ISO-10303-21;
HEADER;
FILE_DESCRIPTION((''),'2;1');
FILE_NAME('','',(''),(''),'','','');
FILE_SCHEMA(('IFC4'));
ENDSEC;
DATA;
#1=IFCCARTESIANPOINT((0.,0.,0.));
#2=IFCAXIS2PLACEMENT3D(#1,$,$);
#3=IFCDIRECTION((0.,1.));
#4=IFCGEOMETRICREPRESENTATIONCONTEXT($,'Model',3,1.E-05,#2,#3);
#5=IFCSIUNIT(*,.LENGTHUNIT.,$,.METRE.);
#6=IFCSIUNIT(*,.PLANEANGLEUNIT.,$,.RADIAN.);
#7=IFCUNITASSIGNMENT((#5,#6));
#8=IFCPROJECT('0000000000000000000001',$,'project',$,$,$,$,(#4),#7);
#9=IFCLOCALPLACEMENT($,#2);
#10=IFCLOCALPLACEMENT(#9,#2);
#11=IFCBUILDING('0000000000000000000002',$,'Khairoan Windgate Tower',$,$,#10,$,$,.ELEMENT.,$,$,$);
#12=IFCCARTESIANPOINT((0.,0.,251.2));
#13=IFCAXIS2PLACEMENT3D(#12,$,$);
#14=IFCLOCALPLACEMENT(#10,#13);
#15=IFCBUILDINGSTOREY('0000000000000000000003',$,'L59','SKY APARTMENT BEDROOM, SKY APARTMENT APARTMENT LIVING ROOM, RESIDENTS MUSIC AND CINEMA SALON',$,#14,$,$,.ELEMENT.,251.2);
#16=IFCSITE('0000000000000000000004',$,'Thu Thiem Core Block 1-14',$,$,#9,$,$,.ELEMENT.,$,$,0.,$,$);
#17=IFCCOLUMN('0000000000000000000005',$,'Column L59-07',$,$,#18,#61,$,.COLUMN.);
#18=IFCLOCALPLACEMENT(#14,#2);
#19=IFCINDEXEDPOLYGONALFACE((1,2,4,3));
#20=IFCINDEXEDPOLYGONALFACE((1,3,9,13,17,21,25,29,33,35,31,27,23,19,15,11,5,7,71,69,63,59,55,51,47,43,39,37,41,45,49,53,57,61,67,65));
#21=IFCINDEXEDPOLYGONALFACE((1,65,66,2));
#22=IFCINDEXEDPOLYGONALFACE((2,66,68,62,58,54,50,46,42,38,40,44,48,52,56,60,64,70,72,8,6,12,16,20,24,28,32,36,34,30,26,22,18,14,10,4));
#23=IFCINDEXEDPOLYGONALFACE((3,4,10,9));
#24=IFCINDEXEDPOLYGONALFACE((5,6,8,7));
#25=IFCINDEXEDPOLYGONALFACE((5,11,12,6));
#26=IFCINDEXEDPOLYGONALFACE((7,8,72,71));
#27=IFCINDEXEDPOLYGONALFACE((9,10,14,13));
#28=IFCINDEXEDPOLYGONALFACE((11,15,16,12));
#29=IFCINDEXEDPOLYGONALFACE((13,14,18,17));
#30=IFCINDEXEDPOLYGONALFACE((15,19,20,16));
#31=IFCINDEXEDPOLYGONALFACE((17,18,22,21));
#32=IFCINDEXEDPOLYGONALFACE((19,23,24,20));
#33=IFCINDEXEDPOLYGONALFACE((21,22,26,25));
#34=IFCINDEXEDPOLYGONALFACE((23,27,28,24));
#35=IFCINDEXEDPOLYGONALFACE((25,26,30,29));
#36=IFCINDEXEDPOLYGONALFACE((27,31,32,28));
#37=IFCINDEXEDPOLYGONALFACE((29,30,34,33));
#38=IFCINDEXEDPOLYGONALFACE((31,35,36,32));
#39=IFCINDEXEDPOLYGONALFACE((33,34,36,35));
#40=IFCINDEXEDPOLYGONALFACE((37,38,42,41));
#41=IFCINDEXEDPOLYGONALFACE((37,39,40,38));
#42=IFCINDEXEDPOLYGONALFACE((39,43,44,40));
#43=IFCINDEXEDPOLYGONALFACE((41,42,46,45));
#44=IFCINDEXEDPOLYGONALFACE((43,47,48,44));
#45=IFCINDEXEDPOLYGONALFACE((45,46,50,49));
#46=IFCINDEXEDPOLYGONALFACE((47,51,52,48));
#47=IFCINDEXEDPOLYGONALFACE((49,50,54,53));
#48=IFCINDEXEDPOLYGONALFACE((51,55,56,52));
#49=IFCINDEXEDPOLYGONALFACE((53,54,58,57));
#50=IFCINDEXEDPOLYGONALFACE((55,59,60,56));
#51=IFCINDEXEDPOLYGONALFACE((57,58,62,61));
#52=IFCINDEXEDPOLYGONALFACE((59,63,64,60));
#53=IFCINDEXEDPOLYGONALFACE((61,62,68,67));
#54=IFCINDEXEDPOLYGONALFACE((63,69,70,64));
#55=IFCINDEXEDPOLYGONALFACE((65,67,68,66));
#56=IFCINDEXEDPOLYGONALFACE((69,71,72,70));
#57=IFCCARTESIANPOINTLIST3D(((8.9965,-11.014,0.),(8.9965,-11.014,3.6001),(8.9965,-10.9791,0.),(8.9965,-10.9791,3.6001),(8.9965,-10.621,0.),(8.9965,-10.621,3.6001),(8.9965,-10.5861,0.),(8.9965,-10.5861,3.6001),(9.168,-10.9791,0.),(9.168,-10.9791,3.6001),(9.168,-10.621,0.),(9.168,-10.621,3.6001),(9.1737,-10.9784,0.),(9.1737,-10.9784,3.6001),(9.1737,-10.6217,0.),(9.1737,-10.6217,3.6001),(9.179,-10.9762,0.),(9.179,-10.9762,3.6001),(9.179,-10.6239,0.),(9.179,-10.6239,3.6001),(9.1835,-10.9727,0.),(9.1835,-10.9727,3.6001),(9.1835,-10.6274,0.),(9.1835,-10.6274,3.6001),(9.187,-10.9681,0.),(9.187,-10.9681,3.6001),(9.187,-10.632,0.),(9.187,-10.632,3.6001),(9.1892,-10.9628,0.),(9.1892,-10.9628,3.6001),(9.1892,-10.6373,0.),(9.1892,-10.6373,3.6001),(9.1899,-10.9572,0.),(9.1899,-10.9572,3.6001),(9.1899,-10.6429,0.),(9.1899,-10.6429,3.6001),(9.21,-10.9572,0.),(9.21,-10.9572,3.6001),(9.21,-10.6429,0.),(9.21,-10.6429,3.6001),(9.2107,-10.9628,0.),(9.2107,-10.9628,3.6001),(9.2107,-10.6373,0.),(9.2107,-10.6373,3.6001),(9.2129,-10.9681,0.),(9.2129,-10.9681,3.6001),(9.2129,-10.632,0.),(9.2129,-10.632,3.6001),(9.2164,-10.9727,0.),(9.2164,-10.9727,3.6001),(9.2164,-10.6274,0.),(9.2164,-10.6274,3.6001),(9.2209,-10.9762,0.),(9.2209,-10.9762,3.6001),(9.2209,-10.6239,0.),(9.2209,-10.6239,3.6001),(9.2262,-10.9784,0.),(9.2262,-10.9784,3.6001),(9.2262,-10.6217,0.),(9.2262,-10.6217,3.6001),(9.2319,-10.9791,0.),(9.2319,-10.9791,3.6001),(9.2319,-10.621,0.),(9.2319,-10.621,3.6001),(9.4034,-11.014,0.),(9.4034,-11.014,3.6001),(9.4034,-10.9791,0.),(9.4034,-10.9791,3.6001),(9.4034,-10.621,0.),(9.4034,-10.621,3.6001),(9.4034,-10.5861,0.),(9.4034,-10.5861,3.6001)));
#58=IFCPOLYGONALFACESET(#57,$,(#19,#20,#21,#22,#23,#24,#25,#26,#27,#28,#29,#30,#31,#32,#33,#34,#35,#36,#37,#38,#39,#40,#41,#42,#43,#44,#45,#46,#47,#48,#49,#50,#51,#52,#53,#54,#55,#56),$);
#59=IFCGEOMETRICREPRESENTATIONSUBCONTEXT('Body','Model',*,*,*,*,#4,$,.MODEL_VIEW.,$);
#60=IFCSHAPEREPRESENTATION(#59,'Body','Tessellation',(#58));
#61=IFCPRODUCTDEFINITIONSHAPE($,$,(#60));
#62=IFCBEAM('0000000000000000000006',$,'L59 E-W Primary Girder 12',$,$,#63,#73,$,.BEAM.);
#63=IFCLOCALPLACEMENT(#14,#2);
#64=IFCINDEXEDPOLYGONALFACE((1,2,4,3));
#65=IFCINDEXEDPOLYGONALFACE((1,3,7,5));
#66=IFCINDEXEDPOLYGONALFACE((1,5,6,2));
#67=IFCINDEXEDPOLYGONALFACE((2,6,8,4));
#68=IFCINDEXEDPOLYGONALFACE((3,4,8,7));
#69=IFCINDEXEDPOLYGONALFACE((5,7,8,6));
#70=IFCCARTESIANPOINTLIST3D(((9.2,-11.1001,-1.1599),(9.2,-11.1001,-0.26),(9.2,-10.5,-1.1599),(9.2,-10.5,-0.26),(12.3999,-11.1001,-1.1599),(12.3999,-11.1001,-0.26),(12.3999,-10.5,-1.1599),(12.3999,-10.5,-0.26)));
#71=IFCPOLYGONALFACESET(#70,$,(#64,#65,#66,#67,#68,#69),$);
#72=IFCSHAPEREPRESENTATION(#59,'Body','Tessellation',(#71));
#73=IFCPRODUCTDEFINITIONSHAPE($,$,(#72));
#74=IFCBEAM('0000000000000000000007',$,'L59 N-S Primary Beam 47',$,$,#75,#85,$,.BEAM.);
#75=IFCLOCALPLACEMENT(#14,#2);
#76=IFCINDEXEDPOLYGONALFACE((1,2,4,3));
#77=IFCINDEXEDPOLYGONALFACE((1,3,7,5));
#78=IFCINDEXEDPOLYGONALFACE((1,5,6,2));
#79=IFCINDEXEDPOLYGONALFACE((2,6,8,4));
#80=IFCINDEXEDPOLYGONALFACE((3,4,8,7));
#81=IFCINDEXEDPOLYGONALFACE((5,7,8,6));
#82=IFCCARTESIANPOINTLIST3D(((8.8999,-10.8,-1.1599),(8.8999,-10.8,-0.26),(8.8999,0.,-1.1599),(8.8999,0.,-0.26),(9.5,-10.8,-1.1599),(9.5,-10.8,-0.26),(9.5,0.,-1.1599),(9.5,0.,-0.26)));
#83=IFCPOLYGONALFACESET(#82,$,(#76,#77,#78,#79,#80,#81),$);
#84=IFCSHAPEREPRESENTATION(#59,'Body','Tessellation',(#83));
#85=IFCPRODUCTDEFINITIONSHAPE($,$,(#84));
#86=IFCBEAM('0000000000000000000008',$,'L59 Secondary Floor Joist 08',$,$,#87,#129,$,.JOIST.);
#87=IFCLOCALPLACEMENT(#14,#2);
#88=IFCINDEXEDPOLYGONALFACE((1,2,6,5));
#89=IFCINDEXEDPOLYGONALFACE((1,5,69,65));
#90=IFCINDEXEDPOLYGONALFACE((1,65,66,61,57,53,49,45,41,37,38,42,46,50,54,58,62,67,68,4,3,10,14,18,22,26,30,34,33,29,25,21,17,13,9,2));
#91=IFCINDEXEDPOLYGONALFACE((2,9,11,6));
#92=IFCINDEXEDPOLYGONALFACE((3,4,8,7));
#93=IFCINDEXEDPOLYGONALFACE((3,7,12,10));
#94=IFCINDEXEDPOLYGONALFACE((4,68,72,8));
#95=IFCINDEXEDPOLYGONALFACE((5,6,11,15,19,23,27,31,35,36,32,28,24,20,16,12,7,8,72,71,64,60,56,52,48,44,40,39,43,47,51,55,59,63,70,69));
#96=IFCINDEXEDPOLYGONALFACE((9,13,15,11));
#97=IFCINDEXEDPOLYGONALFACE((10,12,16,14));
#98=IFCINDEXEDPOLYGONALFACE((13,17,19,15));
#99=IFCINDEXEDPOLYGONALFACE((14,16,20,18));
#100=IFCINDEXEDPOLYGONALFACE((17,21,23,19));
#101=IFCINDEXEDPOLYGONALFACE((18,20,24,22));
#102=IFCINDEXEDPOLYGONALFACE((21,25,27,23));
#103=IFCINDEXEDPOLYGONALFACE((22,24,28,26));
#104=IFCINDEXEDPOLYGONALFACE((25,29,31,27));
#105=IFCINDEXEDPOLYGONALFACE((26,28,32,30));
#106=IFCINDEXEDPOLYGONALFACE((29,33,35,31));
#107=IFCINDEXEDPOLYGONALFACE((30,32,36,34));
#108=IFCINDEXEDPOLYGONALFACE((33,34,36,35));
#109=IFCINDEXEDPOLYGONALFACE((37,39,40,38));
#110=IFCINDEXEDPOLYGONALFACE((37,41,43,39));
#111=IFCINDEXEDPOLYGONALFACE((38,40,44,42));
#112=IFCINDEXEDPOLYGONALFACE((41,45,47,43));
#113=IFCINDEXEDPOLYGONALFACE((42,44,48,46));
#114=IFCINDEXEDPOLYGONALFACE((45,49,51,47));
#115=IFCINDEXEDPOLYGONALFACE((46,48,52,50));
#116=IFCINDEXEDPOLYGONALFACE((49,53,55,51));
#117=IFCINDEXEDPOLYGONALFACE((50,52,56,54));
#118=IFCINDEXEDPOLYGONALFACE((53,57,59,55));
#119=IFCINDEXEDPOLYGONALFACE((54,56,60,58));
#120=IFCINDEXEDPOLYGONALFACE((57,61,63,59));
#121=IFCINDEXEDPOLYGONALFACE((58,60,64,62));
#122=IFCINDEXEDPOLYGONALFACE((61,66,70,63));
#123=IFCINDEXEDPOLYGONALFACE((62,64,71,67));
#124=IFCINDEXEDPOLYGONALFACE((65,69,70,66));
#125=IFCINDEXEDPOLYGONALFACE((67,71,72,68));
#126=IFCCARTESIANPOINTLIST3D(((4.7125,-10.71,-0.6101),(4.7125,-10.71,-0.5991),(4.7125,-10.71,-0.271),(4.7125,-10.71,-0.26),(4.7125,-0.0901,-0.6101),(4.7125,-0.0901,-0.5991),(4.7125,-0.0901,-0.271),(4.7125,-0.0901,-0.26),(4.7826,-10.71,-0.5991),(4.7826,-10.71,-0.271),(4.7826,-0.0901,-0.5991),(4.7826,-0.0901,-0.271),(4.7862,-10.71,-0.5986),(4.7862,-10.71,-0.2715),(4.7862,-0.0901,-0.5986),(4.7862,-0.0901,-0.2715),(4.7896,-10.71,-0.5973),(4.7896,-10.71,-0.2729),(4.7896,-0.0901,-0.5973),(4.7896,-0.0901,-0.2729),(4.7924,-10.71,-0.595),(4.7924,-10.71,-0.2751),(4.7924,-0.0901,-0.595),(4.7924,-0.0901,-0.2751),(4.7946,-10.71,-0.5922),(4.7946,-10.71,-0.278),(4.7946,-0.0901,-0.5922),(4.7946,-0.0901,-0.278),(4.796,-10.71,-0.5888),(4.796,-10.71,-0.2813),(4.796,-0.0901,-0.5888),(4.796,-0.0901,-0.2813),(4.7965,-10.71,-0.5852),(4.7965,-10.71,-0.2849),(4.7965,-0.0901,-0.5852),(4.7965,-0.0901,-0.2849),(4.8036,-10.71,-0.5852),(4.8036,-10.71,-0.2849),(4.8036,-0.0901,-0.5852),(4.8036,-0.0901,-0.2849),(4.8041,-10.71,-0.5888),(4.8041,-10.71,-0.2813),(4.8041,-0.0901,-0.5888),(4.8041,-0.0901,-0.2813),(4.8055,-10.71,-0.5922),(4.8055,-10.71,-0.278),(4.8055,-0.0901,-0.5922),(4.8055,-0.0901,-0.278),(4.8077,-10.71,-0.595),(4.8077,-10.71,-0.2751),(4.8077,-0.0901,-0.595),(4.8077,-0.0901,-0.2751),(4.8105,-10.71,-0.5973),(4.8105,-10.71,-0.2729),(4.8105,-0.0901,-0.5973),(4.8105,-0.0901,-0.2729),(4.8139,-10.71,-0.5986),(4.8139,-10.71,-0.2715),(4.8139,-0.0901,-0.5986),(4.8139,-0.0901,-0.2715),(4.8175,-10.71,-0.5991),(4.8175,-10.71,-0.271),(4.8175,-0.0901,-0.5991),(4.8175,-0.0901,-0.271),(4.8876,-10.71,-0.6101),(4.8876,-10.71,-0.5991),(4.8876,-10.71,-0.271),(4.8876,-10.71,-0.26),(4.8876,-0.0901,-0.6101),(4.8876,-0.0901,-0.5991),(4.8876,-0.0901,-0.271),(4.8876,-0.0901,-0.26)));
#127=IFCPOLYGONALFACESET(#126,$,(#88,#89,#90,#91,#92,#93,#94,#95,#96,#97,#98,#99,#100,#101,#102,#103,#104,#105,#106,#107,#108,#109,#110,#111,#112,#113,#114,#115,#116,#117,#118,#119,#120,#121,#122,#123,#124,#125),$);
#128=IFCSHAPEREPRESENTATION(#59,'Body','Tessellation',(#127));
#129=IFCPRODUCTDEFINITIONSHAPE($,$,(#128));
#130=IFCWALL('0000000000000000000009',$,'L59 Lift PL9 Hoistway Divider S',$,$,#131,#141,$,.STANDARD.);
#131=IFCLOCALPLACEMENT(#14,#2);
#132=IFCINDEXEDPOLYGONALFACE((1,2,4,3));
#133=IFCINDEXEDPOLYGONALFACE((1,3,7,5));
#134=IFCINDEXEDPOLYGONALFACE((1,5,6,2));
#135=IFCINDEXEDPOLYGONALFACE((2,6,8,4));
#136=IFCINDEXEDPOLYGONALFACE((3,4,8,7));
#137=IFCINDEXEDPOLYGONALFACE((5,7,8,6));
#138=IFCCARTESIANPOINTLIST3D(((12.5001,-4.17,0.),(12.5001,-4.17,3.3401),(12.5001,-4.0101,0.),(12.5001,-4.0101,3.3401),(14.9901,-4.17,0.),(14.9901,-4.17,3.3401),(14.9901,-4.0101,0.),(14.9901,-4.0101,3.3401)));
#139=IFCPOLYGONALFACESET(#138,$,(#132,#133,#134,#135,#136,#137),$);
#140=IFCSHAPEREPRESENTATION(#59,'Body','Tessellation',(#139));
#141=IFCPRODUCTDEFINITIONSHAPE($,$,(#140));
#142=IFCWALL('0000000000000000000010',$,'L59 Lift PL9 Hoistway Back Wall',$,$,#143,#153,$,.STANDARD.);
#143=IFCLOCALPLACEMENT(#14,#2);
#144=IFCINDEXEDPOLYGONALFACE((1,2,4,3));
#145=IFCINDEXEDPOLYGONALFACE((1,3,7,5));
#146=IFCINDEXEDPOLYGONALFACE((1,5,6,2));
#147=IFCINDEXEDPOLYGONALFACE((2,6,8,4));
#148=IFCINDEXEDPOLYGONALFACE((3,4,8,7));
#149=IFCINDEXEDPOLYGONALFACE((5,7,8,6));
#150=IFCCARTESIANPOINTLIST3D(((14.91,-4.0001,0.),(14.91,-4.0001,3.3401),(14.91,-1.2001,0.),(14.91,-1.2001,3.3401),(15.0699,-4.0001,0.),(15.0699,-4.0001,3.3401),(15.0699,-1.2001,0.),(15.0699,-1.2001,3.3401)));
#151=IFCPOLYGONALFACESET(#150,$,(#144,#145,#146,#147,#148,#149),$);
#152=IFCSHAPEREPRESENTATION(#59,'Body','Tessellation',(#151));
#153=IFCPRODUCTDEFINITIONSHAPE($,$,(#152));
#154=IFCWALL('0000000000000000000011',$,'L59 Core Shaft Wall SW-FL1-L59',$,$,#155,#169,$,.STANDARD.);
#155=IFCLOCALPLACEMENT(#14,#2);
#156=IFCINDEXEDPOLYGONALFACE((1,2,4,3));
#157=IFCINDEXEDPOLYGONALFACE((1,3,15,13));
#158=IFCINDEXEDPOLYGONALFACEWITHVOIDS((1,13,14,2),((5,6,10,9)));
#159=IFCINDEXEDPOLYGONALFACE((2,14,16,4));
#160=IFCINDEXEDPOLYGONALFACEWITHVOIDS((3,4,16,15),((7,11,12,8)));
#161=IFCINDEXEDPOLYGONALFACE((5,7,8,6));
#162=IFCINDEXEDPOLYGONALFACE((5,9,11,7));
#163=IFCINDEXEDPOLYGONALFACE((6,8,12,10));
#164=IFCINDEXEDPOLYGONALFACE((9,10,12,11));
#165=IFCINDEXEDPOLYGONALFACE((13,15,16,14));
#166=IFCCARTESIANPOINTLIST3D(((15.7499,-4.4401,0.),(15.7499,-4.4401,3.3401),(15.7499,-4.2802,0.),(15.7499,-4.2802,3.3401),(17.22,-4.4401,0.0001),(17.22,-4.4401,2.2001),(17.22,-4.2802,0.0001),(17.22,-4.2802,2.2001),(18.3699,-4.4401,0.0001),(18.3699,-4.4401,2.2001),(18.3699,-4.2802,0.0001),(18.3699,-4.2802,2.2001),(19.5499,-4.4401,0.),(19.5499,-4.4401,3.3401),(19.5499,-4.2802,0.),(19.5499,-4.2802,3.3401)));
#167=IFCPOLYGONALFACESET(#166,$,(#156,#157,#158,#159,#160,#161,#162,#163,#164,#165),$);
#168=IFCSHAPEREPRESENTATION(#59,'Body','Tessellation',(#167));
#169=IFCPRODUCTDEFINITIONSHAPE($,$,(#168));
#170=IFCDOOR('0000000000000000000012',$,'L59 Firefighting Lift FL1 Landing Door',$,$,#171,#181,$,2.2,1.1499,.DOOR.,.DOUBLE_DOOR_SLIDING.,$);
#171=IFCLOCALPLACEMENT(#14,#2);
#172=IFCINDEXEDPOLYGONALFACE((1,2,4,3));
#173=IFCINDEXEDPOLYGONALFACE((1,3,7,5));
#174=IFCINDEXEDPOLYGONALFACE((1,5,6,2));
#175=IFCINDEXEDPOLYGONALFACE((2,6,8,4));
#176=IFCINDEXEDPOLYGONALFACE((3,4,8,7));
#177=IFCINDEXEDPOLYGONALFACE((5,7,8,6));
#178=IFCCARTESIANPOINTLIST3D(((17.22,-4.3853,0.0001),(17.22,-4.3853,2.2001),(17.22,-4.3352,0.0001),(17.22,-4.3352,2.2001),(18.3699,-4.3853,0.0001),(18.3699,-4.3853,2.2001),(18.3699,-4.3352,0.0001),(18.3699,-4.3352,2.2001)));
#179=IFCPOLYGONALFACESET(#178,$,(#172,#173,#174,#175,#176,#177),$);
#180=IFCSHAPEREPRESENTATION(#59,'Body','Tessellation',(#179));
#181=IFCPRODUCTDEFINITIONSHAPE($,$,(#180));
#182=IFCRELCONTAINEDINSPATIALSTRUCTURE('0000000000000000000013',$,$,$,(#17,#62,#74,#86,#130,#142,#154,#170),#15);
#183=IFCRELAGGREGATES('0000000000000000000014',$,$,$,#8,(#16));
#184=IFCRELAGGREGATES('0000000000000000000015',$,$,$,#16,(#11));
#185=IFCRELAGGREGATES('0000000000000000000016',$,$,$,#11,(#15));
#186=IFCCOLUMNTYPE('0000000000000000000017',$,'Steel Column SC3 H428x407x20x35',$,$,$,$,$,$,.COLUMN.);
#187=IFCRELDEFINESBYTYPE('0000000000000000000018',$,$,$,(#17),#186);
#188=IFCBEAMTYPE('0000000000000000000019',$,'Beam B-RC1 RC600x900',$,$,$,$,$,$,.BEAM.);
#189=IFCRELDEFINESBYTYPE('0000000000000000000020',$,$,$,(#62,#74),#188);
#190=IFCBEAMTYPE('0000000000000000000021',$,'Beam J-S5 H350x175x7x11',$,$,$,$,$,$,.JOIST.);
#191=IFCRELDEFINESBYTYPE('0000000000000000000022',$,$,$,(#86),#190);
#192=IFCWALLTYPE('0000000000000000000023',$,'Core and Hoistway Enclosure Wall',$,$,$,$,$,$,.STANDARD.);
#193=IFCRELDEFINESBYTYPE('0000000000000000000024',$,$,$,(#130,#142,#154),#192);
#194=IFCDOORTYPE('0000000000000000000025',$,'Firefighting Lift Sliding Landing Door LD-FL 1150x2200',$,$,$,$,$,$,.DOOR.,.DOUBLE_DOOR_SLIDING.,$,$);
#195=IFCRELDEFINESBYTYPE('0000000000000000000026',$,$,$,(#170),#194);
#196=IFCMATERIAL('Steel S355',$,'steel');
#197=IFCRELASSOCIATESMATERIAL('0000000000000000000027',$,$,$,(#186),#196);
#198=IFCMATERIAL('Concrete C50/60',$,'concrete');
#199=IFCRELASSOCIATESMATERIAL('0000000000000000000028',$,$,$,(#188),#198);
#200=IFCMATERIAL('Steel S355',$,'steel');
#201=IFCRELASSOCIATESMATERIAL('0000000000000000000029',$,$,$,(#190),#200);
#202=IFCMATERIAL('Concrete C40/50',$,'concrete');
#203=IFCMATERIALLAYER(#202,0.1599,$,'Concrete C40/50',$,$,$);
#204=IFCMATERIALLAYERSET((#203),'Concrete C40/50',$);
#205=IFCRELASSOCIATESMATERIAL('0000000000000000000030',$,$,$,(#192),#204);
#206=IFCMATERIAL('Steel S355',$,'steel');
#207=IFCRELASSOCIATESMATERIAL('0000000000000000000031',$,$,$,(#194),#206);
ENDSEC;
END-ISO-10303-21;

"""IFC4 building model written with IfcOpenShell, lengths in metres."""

from ifc_helpers import new_model, si_unit, direction, frame, frame_2d, origin, origin_2d, place, context, subcontext, project, spatial, rectangle, i_section, extrude, material, layer, layer_set, material_profile, profile_set, type_object, element, fill, save


model = new_model("IFC4")

# Units and contexts
model_context = context("Model", 3, precision=1e-05, world=origin(), true_north=direction((0.0, 1.0)))
body_context = subcontext(model_context, "Body", "Model", "MODEL_VIEW")
ifc_project = project(units=[si_unit("LENGTHUNIT", "METRE"), si_unit("PLANEANGLEUNIT", "RADIAN")], contexts=[model_context])

# Site, building, storey
site_placement = place(None, origin())
site = spatial("IfcSite", under=ifc_project, at=site_placement, Name="Thu Thiem Core Block 1-14", CompositionType="ELEMENT", RefElevation=0.0)
building_placement = place(site_placement, origin())
building = spatial("IfcBuilding", under=site, at=building_placement, Name="Khairoan Windgate Tower", CompositionType="ELEMENT")
storey_placement = place(building_placement, frame((0.0, 0.0, 251.2)))
storey = spatial("IfcBuildingStorey", under=building, at=storey_placement, Name="L59", Description="SKY APARTMENT BEDROOM, SKY APARTMENT APARTMENT LIVING ROOM, RESIDENTS MUSIC AND CINEMA SALON", CompositionType="ELEMENT", Elevation=251.2)

# Column
ifc_material_1 = material(Name="Steel S355", Category="steel")
ifc_material_profile_1 = material_profile(ifc_material_1, i_section(OverallWidth=0.407, OverallDepth=0.428, WebThickness=0.02, FlangeThickness=0.0349, FilletRadius=0.022, at=origin_2d()))
ifc_profile_set_1 = profile_set([ifc_material_profile_1], Name="Steel S355")
column_type = type_object("IfcColumnType", Name="Steel Column SC3 H428x407x20x35", PredefinedType="COLUMN", material=ifc_profile_set_1)
column_placement = place(storey_placement, frame((9.2, -10.8, 0.0), z_axis=(0.0, 0.0, 1.0), x_axis=(1.0, 0.0, 0.0)))
element("IfcColumn", 1, at=column_placement, inside=storey, type_object=column_type, Name="Column L59-07", PredefinedType="COLUMN", context=body_context, shape_type="SweptSolid", body=[
    extrude(i_section(OverallWidth=0.407, OverallDepth=0.428, WebThickness=0.02, FlangeThickness=0.0349, FilletRadius=0.022, at=origin_2d()), origin(), (0.0, 0.0, 1.0), 3.6001),
])

# Beams
ifc_material_2 = material(Name="Concrete C50/60", Category="concrete")
ifc_material_profile_2 = material_profile(ifc_material_2, rectangle(XDim=0.6001, YDim=0.8999, at=origin_2d()))
ifc_profile_set_2 = profile_set([ifc_material_profile_2], Name="Concrete C50/60")
beam_type_1 = type_object("IfcBeamType", Name="Beam B-RC1 RC600x900", PredefinedType="BEAM", material=ifc_profile_set_2)
beam_1_placement = place(storey_placement, frame((9.2, -10.8, -0.71), z_axis=(1.0, 0.0, 0.0), x_axis=(0.0, 1.0, 0.0)))
element("IfcBeam", 2, at=beam_1_placement, inside=storey, type_object=beam_type_1, Name="L59 E-W Primary Girder 12", PredefinedType="BEAM", context=body_context, shape_type="SweptSolid", body=[
    extrude(rectangle(XDim=0.6001, YDim=0.8999, at=origin_2d()), origin(), (0.0, 0.0, 1.0), 3.2),
])
beam_2_placement = place(storey_placement, frame((9.2, -10.8, -0.71), z_axis=(0.0, 1.0, 0.0), x_axis=(-1.0, 0.0, 0.0)))
element("IfcBeam", 3, at=beam_2_placement, inside=storey, type_object=beam_type_1, Name="L59 N-S Primary Beam 47", PredefinedType="BEAM", context=body_context, shape_type="SweptSolid", body=[
    extrude(rectangle(XDim=0.6001, YDim=0.8999, at=origin_2d()), origin(), (0.0, 0.0, 1.0), 10.8),
])
ifc_material_3 = material(Name="Steel S355", Category="steel")
ifc_material_profile_3 = material_profile(ifc_material_3, i_section(OverallWidth=0.175, OverallDepth=0.3501, WebThickness=0.0071, FlangeThickness=0.011, FilletRadius=0.0139, at=origin_2d()))
ifc_profile_set_3 = profile_set([ifc_material_profile_3], Name="Steel S355")
beam_type_2 = type_object("IfcBeamType", Name="Beam J-S5 H350x175x7x11", PredefinedType="JOIST", material=ifc_profile_set_3)
beam_3_placement = place(storey_placement, frame((4.8, -10.71, -0.4351), z_axis=(0.0, 1.0, 0.0), x_axis=(-1.0, 0.0, 0.0)))
element("IfcBeam", 4, at=beam_3_placement, inside=storey, type_object=beam_type_2, Name="L59 Secondary Floor Joist 08", PredefinedType="JOIST", context=body_context, shape_type="SweptSolid", body=[
    extrude(i_section(OverallWidth=0.175, OverallDepth=0.3501, WebThickness=0.0071, FlangeThickness=0.011, FilletRadius=0.0139, at=origin_2d()), origin(), (0.0, 0.0, 1.0), 10.6199),
])

# Walls
ifc_material_4 = material(Name="Concrete C40/50", Category="concrete")
ifc_layer_1 = layer(ifc_material_4, 0.1599, Name="Concrete C40/50")
ifc_layer_set_1 = layer_set([ifc_layer_1], Name="Concrete C40/50")
wall_type_1 = type_object("IfcWallType", Name="Core and Hoistway Enclosure Wall", PredefinedType="STANDARD", material=ifc_layer_set_1)
wall_1_placement = place(storey_placement, frame((12.5, -4.0901, 0.0), z_axis=(0.0, 0.0, 1.0), x_axis=(1.0, 0.0, 0.0)))
element("IfcWall", 5, at=wall_1_placement, inside=storey, type_object=wall_type_1, Name="L59 Lift PL9 Hoistway Divider S", PredefinedType="STANDARD", context=body_context, shape_type="SweptSolid", body=[
    extrude(rectangle(XDim=2.49, YDim=0.1599, at=frame_2d((1.2451, 0.0))), origin(), (0.0, 0.0, 1.0), 3.3401),
])
wall_2_placement = place(storey_placement, frame((14.99, -4.0, 0.0), z_axis=(0.0, 0.0, 1.0), x_axis=(0.0, 1.0, 0.0)))
element("IfcWall", 6, at=wall_2_placement, inside=storey, type_object=wall_type_1, Name="L59 Lift PL9 Hoistway Back Wall", PredefinedType="STANDARD", context=body_context, shape_type="SweptSolid", body=[
    extrude(rectangle(XDim=2.8, YDim=0.1599, at=frame_2d((1.3999, 0.0))), origin(), (0.0, 0.0, 1.0), 3.3401),
])

# Wall, opening, door
wall_3_placement = place(storey_placement, frame((15.75, -4.3601, 0.0), z_axis=(0.0, 0.0, 1.0), x_axis=(1.0, 0.0, 0.0)))
wall_3 = element("IfcWall", 7, at=wall_3_placement, inside=storey, type_object=wall_type_1, Name="L59 Core Shaft Wall SW-FL1-L59", PredefinedType="STANDARD", context=body_context, shape_type="SweptSolid", body=[
    extrude(rectangle(XDim=3.8, YDim=0.1599, at=frame_2d((1.8999, 0.0))), origin(), (0.0, 0.0, 1.0), 3.3401),
])
opening_1_placement = place(wall_3_placement, frame((1.47, 0.0, 0.0)))
opening_1 = element("IfcOpeningElement", 8, at=opening_1_placement, cuts=wall_3, PredefinedType="OPENING", context=body_context, shape_type="SweptSolid", body=[
    extrude(rectangle(XDim=1.1499, YDim=2.2, at=frame_2d((0.575, 1.1001))), frame((0.0, 0.0898, 0.0), z_axis=(0.0, -1.0, 0.0), x_axis=(1.0, 0.0, 0.0)), (0.0, 0.0, 1.0), 0.1799),
])
ifc_material_5 = material(Name="Steel S355", Category="steel")
door_type_1 = type_object("IfcDoorType", Name="Firefighting Lift Sliding Landing Door LD-FL 1150x2200", OperationType="DOUBLE_DOOR_SLIDING", PredefinedType="DOOR", material=ifc_material_5)
door_1_placement = place(opening_1_placement, origin())
door_1 = element("IfcDoor", 9, at=door_1_placement, inside=storey, type_object=door_type_1, Name="L59 Firefighting Lift FL1 Landing Door", OperationType="DOUBLE_DOOR_SLIDING", OverallHeight=2.2, OverallWidth=1.1499, PredefinedType="DOOR", context=body_context, shape_type="SweptSolid", body=[
    extrude(rectangle(XDim=1.1499, YDim=2.2, at=frame_2d((0.575, 1.1001))), frame((0.0, 0.0249, 0.0), z_axis=(0.0, -1.0, 0.0), x_axis=(1.0, 0.0, 0.0)), (0.0, 0.0, 1.0), 0.05),
])
fill(opening_1, door_1)

save(model, "model.ifc")
